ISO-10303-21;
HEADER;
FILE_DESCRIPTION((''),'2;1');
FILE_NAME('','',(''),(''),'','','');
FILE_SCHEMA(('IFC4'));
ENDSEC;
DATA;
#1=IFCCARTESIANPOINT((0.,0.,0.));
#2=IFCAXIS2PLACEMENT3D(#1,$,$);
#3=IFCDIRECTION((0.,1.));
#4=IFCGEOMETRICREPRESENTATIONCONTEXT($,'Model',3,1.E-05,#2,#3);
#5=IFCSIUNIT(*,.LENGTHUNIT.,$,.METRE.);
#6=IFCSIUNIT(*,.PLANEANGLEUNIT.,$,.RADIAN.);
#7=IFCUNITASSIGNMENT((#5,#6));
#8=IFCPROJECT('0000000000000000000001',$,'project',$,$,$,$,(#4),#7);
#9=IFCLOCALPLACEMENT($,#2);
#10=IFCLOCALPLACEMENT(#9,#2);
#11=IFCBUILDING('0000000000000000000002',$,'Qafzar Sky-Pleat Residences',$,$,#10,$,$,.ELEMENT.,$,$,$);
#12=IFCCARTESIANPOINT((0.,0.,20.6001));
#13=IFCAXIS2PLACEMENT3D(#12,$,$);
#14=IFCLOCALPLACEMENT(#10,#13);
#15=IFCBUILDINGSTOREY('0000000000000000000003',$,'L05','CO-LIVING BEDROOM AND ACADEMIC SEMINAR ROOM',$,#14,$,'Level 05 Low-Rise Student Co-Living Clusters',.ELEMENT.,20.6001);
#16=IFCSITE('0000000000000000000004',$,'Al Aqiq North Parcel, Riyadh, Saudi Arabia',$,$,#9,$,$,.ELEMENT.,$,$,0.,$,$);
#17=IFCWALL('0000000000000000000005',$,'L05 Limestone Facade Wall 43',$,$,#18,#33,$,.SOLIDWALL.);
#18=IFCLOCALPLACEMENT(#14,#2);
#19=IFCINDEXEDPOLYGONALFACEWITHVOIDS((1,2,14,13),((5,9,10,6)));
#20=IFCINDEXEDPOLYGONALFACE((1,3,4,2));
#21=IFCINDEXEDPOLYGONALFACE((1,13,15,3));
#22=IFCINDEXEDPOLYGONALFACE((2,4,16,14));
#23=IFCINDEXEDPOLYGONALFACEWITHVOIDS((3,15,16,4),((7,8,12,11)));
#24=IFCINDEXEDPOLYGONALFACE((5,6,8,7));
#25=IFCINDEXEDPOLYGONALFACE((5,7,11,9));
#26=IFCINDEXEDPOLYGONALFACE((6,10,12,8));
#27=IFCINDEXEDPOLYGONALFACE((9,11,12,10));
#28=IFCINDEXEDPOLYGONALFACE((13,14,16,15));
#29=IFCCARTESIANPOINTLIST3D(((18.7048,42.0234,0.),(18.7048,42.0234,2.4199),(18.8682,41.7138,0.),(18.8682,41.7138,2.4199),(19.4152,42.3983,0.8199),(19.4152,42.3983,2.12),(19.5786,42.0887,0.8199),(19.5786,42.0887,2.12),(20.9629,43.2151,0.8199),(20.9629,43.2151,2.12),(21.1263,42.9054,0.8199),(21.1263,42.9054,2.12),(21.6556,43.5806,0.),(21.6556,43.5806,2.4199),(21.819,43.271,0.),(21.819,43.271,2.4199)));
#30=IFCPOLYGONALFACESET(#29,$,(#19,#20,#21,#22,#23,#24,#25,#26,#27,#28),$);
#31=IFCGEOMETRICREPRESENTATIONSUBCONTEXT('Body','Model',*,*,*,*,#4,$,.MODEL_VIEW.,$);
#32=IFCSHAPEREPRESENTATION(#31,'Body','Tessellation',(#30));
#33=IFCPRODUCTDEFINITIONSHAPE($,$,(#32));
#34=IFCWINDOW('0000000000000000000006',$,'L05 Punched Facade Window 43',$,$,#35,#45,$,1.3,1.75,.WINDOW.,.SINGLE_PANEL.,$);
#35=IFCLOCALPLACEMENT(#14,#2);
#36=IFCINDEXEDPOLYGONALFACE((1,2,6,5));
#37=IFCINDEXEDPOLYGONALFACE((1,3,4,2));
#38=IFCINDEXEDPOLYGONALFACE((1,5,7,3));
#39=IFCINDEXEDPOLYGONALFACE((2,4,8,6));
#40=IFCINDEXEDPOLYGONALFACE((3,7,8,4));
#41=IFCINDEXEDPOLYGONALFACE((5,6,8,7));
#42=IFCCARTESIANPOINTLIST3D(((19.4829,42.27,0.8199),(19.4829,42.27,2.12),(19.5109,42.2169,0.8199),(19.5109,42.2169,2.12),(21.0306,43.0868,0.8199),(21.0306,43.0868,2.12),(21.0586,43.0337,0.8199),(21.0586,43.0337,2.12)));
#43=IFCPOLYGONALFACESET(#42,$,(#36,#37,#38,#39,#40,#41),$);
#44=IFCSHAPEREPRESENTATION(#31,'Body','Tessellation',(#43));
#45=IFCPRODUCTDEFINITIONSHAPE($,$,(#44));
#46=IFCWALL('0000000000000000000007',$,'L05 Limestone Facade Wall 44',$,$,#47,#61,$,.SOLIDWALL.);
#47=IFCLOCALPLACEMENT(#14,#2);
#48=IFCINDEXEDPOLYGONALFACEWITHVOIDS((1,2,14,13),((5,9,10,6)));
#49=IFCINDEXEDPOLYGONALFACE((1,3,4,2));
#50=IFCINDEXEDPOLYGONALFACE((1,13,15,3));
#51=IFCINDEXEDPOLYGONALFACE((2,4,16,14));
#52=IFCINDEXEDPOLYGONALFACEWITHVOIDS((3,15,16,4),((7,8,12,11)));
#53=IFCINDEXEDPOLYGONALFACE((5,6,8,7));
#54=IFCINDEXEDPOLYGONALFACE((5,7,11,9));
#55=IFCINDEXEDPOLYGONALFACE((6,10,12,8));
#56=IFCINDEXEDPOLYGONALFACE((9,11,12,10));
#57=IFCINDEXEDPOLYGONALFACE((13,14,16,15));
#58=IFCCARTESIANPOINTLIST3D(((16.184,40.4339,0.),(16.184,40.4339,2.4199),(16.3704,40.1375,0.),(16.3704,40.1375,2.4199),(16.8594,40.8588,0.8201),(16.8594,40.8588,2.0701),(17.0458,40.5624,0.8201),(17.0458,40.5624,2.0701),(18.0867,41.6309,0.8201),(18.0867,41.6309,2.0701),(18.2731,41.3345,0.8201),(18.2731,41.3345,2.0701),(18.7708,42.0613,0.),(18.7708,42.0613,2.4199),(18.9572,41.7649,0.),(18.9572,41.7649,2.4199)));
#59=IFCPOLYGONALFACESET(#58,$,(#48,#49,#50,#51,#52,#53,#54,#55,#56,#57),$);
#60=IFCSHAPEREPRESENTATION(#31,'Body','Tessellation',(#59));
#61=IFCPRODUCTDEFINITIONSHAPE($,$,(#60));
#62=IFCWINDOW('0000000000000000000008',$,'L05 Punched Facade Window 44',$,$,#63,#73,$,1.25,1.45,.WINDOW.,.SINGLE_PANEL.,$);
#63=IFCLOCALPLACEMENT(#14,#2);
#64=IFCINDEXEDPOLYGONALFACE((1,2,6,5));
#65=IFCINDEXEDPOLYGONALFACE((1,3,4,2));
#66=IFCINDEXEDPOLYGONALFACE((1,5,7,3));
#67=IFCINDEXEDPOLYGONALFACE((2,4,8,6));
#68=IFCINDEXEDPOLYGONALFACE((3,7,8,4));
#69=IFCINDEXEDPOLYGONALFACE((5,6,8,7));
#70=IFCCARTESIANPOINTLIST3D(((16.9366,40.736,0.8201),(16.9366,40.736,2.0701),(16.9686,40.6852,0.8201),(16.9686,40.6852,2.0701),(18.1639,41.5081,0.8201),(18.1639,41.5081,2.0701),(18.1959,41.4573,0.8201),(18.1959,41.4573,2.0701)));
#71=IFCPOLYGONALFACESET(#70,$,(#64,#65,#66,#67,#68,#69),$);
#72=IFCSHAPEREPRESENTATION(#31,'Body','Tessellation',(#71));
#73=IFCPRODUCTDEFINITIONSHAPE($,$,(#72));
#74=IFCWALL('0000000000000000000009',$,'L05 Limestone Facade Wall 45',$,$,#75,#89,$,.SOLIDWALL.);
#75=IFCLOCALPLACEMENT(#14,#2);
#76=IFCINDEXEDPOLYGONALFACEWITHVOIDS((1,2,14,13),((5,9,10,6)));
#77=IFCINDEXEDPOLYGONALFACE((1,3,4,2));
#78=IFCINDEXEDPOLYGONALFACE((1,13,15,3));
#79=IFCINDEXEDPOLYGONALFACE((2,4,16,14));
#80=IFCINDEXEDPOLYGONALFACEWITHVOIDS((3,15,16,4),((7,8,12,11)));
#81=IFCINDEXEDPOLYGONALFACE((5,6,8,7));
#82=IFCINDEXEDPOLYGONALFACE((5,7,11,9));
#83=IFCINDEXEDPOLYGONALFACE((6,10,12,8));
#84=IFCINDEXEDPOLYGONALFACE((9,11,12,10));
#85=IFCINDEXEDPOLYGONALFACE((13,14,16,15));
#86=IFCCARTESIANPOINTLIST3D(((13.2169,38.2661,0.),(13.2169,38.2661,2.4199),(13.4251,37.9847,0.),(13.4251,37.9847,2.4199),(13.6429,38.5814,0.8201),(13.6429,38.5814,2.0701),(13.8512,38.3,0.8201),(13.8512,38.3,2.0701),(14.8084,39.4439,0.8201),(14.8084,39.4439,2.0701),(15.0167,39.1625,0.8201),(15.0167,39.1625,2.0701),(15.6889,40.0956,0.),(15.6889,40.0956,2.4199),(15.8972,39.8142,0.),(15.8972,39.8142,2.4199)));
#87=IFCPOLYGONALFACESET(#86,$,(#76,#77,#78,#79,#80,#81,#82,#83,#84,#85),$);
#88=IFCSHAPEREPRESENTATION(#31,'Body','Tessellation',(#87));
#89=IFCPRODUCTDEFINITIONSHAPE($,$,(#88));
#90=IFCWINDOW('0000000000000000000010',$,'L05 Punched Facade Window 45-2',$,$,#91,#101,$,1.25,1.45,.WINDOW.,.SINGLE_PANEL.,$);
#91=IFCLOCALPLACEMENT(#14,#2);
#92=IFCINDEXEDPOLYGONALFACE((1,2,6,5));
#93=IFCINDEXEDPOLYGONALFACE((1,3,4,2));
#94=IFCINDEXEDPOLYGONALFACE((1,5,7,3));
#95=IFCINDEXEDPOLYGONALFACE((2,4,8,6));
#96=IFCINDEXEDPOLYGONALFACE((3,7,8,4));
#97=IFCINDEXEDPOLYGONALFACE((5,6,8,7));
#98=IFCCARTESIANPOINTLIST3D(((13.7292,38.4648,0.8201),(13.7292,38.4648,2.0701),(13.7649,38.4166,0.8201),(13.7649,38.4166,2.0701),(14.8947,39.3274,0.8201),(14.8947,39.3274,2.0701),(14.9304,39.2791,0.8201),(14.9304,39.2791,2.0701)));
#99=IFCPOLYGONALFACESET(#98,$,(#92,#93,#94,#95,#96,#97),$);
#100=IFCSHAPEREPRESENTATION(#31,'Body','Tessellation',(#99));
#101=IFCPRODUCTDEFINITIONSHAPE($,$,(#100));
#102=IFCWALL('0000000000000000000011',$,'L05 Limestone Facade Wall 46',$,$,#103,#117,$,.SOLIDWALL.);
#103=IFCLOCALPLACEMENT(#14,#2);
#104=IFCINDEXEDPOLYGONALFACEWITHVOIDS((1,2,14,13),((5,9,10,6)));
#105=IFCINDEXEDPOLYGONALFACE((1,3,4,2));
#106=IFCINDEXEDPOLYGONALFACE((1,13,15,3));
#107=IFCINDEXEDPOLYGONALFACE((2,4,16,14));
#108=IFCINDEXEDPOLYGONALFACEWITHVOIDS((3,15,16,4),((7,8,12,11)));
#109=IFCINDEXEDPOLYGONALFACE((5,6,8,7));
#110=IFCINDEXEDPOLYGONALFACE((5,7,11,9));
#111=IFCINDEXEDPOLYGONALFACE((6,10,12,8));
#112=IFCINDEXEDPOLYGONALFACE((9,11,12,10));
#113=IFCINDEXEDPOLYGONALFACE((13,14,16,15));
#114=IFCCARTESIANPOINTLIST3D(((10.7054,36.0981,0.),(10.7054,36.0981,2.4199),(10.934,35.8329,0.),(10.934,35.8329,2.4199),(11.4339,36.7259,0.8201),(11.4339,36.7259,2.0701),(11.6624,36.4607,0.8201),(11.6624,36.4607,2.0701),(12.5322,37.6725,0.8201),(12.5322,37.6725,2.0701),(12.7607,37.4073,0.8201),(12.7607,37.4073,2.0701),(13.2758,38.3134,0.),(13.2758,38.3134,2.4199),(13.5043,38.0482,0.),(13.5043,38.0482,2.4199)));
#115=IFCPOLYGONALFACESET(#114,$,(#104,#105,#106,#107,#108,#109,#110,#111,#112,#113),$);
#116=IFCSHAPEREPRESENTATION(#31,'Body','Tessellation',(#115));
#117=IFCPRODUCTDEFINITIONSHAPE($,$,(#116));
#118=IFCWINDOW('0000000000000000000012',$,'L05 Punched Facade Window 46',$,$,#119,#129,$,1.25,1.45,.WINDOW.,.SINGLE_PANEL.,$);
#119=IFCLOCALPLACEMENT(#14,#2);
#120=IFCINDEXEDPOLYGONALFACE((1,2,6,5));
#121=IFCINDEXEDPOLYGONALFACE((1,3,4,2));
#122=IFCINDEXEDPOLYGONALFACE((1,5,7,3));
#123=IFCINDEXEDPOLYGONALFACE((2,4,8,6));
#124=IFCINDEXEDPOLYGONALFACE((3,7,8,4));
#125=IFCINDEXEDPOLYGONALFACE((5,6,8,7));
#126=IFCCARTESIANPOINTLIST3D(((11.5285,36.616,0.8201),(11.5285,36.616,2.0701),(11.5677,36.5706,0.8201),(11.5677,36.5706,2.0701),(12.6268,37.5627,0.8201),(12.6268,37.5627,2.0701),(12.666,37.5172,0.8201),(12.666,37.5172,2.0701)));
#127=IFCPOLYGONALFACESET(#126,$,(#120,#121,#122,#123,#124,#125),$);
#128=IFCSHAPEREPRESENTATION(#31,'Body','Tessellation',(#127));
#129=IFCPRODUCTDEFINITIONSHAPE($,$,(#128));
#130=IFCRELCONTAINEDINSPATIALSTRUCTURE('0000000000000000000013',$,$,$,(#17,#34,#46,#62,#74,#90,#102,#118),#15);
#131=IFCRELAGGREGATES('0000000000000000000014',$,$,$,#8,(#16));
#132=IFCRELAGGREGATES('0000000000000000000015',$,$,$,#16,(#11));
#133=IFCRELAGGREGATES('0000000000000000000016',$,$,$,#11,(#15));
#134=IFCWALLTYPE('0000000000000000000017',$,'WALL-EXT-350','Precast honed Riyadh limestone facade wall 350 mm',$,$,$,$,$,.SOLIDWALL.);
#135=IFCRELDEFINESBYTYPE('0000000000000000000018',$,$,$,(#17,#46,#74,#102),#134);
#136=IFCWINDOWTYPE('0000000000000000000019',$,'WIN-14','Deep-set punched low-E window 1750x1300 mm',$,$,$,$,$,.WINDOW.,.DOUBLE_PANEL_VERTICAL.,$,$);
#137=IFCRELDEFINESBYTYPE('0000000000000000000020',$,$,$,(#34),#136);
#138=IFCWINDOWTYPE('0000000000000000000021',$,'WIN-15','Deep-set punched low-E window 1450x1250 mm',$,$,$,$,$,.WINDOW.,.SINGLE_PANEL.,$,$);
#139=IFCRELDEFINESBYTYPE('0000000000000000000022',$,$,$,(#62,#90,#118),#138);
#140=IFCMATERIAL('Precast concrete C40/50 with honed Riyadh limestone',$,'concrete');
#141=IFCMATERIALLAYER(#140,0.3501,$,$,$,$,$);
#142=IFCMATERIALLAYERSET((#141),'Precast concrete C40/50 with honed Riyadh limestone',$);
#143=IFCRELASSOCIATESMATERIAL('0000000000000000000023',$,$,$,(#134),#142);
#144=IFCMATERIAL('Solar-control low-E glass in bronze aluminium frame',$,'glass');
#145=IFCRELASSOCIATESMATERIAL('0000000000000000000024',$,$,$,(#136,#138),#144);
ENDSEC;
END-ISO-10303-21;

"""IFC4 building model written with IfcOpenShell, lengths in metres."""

from ifc_helpers import new_model, si_unit, direction, frame, frame_2d, origin, place, context, subcontext, project, spatial, rectangle, extrude, source, transform, mapped, material, layer, layer_set, type_object, element, fill, save


model = new_model("IFC4")

# Units and contexts
model_context = context("Model", 3, precision=1e-05, world=origin(), true_north=direction((0.0, 1.0)))
body_context = subcontext(model_context, "Body", "Model", "MODEL_VIEW")
ifc_project = project(units=[si_unit("LENGTHUNIT", "METRE"), si_unit("PLANEANGLEUNIT", "RADIAN")], contexts=[model_context])

# Site, building, storey
site_placement = place(None, origin())
site = spatial("IfcSite", under=ifc_project, at=site_placement, Name="Al Aqiq North Parcel, Riyadh, Saudi Arabia", CompositionType="ELEMENT", RefElevation=0.0)
building_placement = place(site_placement, origin())
building = spatial("IfcBuilding", under=site, at=building_placement, Name="Qafzar Sky-Pleat Residences", CompositionType="ELEMENT")
storey_placement = place(building_placement, frame((0.0, 0.0, 20.6001)))
storey = spatial("IfcBuildingStorey", under=building, at=storey_placement, Name="L05", Description="CO-LIVING BEDROOM AND ACADEMIC SEMINAR ROOM", LongName="Level 05 Low-Rise Student Co-Living Clusters", CompositionType="ELEMENT", Elevation=20.6001)

# Walls, openings, windows
ifc_material_1 = material(Name="Precast concrete C40/50 with honed Riyadh limestone", Category="concrete")
ifc_layer_1 = layer(ifc_material_1, 0.3501)
ifc_layer_set_1 = layer_set([ifc_layer_1], Name="Precast concrete C40/50 with honed Riyadh limestone")
wall_type_1 = type_object("IfcWallType", Name="WALL-EXT-350", Description="Precast honed Riyadh limestone facade wall 350 mm", PredefinedType="SOLIDWALL", material=ifc_layer_set_1)
wall_1_placement = place(storey_placement, frame((21.7373, 43.4258, 0.0), z_axis=(0.0, 0.0, 1.0), x_axis=(-0.884407, -0.466717, 0.0)))
wall_1 = element("IfcWall", 1, at=wall_1_placement, inside=storey, type_object=wall_type_1, Name="L05 Limestone Facade Wall 43", PredefinedType="SOLIDWALL", context=body_context, shape_type="SweptSolid", body=[
    extrude(rectangle(XDim=3.3364, YDim=0.3501, at=frame_2d((1.6682, 0.0))), origin(), (0.0, 0.0, 1.0), 2.4199),
])
opening_1_placement = place(wall_1_placement, frame((0.7832, 0.0, 0.8201)))
opening_1 = element("IfcOpeningElement", 2, at=opening_1_placement, cuts=wall_1, PredefinedType="OPENING", context=body_context, shape_type="SweptSolid", body=[
    extrude(rectangle(XDim=1.75, YDim=1.3, at=frame_2d((0.875, 0.6499))), frame((0.0, 0.1851, 0.0), z_axis=(0.0, -1.0, 0.0), x_axis=(1.0, 0.0, 0.0)), (0.0, 0.0, 1.0), 0.3701),
])
ifc_material_2 = material(Name="Solar-control low-E glass in bronze aluminium frame", Category="glass")
window_type_1 = type_object("IfcWindowType", Name="WIN-14", Description="Deep-set punched low-E window 1750x1300 mm", PartitioningType="DOUBLE_PANEL_VERTICAL", PredefinedType="WINDOW", material=ifc_material_2)
shared_shape_1 = source(origin(), body_context, "Body", "SweptSolid", [
    extrude(rectangle(XDim=1.75, YDim=1.3, at=frame_2d((0.875, 0.6499))), frame((0.0, 0.03, 0.0), z_axis=(0.0, -1.0, 0.0), x_axis=(1.0, 0.0, 0.0)), (0.0, 0.0, 1.0), 0.0601),
])
window_1_placement = place(opening_1_placement, origin())
window_1 = element("IfcWindow", 3, at=window_1_placement, inside=storey, type_object=window_type_1, Name="L05 Punched Facade Window 43", OverallHeight=1.3, OverallWidth=1.75, PartitioningType="SINGLE_PANEL", PredefinedType="WINDOW", context=body_context, shape_type="MappedRepresentation", body=[
    mapped(shared_shape_1, transform((0.0, 0.0, 0.0), x_axis=(1.0, 0.0, 0.0), y_axis=(0.0, 1.0, 0.0), z_axis=(0.0, 0.0, 1.0), scale=1.0)),
])
fill(opening_1, window_1)
wall_2_placement = place(storey_placement, frame((18.864, 41.9131, 0.0), z_axis=(0.0, 0.0, 1.0), x_axis=(-0.846433, -0.532495, 0.0)))
wall_2 = element("IfcWall", 4, at=wall_2_placement, inside=storey, type_object=wall_type_1, Name="L05 Limestone Facade Wall 44", PredefinedType="SOLIDWALL", context=body_context, shape_type="SweptSolid", body=[
    extrude(rectangle(XDim=3.0562, YDim=0.3501, at=frame_2d((1.5281, 0.0))), origin(), (0.0, 0.0, 1.0), 2.4199),
])
opening_2_placement = place(wall_2_placement, frame((0.8081, 0.0, 0.8201)))
opening_2 = element("IfcOpeningElement", 5, at=opening_2_placement, cuts=wall_2, PredefinedType="OPENING", context=body_context, shape_type="SweptSolid", body=[
    extrude(rectangle(XDim=1.45, YDim=1.25, at=frame_2d((0.7251, 0.625))), frame((0.0, 0.1851, 0.0), z_axis=(0.0, -1.0, 0.0), x_axis=(1.0, 0.0, 0.0)), (0.0, 0.0, 1.0), 0.3701),
])
window_type_2 = type_object("IfcWindowType", Name="WIN-15", Description="Deep-set punched low-E window 1450x1250 mm", PartitioningType="SINGLE_PANEL", PredefinedType="WINDOW", material=ifc_material_2)
shared_shape_2 = source(origin(), body_context, "Body", "SweptSolid", [
    extrude(rectangle(XDim=1.45, YDim=1.25, at=frame_2d((0.7251, 0.625))), frame((0.0, 0.03, 0.0), z_axis=(0.0, -1.0, 0.0), x_axis=(1.0, 0.0, 0.0)), (0.0, 0.0, 1.0), 0.0601),
])
window_2_placement = place(opening_2_placement, origin())
window_2 = element("IfcWindow", 6, at=window_2_placement, inside=storey, type_object=window_type_2, Name="L05 Punched Facade Window 44", OverallHeight=1.25, OverallWidth=1.45, PartitioningType="SINGLE_PANEL", PredefinedType="WINDOW", context=body_context, shape_type="MappedRepresentation", body=[
    mapped(shared_shape_2, transform((0.0, 0.0, 0.0), x_axis=(1.0, 0.0, 0.0), y_axis=(0.0, 1.0, 0.0), z_axis=(0.0, 0.0, 1.0), scale=1.0)),
])
fill(opening_2, window_2)
wall_3_placement = place(storey_placement, frame((15.793, 39.9548, 0.0), z_axis=(0.0, 0.0, 1.0), x_axis=(-0.803813, -0.594882, 0.0)))
wall_3 = element("IfcWall", 7, at=wall_3_placement, inside=storey, type_object=wall_type_1, Name="L05 Limestone Facade Wall 45", PredefinedType="SOLIDWALL", context=body_context, shape_type="SweptSolid", body=[
    extrude(rectangle(XDim=3.0754, YDim=0.3501, at=frame_2d((1.5376, 0.0))), origin(), (0.0, 0.0, 1.0), 2.4199),
])
opening_3_placement = place(wall_3_placement, frame((1.0952, 0.0, 0.8201)))
opening_3 = element("IfcOpeningElement", 8, at=opening_3_placement, cuts=wall_3, PredefinedType="OPENING", context=body_context, shape_type="SweptSolid", body=[
    extrude(rectangle(XDim=1.45, YDim=1.25, at=frame_2d((0.7251, 0.625))), frame((0.0, 0.1851, 0.0), z_axis=(0.0, -1.0, 0.0), x_axis=(1.0, 0.0, 0.0)), (0.0, 0.0, 1.0), 0.3701),
])
window_3_placement = place(opening_3_placement, origin())
window_3 = element("IfcWindow", 9, at=window_3_placement, inside=storey, type_object=window_type_2, Name="L05 Punched Facade Window 45-2", OverallHeight=1.25, OverallWidth=1.45, PartitioningType="SINGLE_PANEL", PredefinedType="WINDOW", context=body_context, shape_type="MappedRepresentation", body=[
    mapped(shared_shape_2, transform((0.0, 0.0, 0.0), x_axis=(1.0, 0.0, 0.0), y_axis=(0.0, 1.0, 0.0), z_axis=(0.0, 0.0, 1.0), scale=1.0)),
])
fill(opening_3, window_3)
wall_4_placement = place(storey_placement, frame((13.3901, 38.1809, 0.0), z_axis=(0.0, 0.0, 1.0), x_axis=(-0.757476, -0.652863, 0.0)))
wall_4 = element("IfcWall", 10, at=wall_4_placement, inside=storey, type_object=wall_type_1, Name="L05 Limestone Facade Wall 46", PredefinedType="SOLIDWALL", context=body_context, shape_type="SweptSolid", body=[
    extrude(rectangle(XDim=3.3933, YDim=0.3501, at=frame_2d((1.6968, 0.0))), origin(), (0.0, 0.0, 1.0), 2.4199),
])
opening_4_placement = place(wall_4_placement, frame((0.9817, 0.0, 0.8201)))
opening_4 = element("IfcOpeningElement", 11, at=opening_4_placement, cuts=wall_4, PredefinedType="OPENING", context=body_context, shape_type="SweptSolid", body=[
    extrude(rectangle(XDim=1.45, YDim=1.25, at=frame_2d((0.7251, 0.625))), frame((0.0, 0.1851, 0.0), z_axis=(0.0, -1.0, 0.0), x_axis=(1.0, 0.0, 0.0)), (0.0, 0.0, 1.0), 0.3701),
])
window_4_placement = place(opening_4_placement, origin())
window_4 = element("IfcWindow", 12, at=window_4_placement, inside=storey, type_object=window_type_2, Name="L05 Punched Facade Window 46", OverallHeight=1.25, OverallWidth=1.45, PartitioningType="SINGLE_PANEL", PredefinedType="WINDOW", context=body_context, shape_type="MappedRepresentation", body=[
    mapped(shared_shape_2, transform((0.0, 0.0, 0.0), x_axis=(1.0, 0.0, 0.0), y_axis=(0.0, 1.0, 0.0), z_axis=(0.0, 0.0, 1.0), scale=1.0)),
])
fill(opening_4, window_4)

save(model, "model.ifc")
